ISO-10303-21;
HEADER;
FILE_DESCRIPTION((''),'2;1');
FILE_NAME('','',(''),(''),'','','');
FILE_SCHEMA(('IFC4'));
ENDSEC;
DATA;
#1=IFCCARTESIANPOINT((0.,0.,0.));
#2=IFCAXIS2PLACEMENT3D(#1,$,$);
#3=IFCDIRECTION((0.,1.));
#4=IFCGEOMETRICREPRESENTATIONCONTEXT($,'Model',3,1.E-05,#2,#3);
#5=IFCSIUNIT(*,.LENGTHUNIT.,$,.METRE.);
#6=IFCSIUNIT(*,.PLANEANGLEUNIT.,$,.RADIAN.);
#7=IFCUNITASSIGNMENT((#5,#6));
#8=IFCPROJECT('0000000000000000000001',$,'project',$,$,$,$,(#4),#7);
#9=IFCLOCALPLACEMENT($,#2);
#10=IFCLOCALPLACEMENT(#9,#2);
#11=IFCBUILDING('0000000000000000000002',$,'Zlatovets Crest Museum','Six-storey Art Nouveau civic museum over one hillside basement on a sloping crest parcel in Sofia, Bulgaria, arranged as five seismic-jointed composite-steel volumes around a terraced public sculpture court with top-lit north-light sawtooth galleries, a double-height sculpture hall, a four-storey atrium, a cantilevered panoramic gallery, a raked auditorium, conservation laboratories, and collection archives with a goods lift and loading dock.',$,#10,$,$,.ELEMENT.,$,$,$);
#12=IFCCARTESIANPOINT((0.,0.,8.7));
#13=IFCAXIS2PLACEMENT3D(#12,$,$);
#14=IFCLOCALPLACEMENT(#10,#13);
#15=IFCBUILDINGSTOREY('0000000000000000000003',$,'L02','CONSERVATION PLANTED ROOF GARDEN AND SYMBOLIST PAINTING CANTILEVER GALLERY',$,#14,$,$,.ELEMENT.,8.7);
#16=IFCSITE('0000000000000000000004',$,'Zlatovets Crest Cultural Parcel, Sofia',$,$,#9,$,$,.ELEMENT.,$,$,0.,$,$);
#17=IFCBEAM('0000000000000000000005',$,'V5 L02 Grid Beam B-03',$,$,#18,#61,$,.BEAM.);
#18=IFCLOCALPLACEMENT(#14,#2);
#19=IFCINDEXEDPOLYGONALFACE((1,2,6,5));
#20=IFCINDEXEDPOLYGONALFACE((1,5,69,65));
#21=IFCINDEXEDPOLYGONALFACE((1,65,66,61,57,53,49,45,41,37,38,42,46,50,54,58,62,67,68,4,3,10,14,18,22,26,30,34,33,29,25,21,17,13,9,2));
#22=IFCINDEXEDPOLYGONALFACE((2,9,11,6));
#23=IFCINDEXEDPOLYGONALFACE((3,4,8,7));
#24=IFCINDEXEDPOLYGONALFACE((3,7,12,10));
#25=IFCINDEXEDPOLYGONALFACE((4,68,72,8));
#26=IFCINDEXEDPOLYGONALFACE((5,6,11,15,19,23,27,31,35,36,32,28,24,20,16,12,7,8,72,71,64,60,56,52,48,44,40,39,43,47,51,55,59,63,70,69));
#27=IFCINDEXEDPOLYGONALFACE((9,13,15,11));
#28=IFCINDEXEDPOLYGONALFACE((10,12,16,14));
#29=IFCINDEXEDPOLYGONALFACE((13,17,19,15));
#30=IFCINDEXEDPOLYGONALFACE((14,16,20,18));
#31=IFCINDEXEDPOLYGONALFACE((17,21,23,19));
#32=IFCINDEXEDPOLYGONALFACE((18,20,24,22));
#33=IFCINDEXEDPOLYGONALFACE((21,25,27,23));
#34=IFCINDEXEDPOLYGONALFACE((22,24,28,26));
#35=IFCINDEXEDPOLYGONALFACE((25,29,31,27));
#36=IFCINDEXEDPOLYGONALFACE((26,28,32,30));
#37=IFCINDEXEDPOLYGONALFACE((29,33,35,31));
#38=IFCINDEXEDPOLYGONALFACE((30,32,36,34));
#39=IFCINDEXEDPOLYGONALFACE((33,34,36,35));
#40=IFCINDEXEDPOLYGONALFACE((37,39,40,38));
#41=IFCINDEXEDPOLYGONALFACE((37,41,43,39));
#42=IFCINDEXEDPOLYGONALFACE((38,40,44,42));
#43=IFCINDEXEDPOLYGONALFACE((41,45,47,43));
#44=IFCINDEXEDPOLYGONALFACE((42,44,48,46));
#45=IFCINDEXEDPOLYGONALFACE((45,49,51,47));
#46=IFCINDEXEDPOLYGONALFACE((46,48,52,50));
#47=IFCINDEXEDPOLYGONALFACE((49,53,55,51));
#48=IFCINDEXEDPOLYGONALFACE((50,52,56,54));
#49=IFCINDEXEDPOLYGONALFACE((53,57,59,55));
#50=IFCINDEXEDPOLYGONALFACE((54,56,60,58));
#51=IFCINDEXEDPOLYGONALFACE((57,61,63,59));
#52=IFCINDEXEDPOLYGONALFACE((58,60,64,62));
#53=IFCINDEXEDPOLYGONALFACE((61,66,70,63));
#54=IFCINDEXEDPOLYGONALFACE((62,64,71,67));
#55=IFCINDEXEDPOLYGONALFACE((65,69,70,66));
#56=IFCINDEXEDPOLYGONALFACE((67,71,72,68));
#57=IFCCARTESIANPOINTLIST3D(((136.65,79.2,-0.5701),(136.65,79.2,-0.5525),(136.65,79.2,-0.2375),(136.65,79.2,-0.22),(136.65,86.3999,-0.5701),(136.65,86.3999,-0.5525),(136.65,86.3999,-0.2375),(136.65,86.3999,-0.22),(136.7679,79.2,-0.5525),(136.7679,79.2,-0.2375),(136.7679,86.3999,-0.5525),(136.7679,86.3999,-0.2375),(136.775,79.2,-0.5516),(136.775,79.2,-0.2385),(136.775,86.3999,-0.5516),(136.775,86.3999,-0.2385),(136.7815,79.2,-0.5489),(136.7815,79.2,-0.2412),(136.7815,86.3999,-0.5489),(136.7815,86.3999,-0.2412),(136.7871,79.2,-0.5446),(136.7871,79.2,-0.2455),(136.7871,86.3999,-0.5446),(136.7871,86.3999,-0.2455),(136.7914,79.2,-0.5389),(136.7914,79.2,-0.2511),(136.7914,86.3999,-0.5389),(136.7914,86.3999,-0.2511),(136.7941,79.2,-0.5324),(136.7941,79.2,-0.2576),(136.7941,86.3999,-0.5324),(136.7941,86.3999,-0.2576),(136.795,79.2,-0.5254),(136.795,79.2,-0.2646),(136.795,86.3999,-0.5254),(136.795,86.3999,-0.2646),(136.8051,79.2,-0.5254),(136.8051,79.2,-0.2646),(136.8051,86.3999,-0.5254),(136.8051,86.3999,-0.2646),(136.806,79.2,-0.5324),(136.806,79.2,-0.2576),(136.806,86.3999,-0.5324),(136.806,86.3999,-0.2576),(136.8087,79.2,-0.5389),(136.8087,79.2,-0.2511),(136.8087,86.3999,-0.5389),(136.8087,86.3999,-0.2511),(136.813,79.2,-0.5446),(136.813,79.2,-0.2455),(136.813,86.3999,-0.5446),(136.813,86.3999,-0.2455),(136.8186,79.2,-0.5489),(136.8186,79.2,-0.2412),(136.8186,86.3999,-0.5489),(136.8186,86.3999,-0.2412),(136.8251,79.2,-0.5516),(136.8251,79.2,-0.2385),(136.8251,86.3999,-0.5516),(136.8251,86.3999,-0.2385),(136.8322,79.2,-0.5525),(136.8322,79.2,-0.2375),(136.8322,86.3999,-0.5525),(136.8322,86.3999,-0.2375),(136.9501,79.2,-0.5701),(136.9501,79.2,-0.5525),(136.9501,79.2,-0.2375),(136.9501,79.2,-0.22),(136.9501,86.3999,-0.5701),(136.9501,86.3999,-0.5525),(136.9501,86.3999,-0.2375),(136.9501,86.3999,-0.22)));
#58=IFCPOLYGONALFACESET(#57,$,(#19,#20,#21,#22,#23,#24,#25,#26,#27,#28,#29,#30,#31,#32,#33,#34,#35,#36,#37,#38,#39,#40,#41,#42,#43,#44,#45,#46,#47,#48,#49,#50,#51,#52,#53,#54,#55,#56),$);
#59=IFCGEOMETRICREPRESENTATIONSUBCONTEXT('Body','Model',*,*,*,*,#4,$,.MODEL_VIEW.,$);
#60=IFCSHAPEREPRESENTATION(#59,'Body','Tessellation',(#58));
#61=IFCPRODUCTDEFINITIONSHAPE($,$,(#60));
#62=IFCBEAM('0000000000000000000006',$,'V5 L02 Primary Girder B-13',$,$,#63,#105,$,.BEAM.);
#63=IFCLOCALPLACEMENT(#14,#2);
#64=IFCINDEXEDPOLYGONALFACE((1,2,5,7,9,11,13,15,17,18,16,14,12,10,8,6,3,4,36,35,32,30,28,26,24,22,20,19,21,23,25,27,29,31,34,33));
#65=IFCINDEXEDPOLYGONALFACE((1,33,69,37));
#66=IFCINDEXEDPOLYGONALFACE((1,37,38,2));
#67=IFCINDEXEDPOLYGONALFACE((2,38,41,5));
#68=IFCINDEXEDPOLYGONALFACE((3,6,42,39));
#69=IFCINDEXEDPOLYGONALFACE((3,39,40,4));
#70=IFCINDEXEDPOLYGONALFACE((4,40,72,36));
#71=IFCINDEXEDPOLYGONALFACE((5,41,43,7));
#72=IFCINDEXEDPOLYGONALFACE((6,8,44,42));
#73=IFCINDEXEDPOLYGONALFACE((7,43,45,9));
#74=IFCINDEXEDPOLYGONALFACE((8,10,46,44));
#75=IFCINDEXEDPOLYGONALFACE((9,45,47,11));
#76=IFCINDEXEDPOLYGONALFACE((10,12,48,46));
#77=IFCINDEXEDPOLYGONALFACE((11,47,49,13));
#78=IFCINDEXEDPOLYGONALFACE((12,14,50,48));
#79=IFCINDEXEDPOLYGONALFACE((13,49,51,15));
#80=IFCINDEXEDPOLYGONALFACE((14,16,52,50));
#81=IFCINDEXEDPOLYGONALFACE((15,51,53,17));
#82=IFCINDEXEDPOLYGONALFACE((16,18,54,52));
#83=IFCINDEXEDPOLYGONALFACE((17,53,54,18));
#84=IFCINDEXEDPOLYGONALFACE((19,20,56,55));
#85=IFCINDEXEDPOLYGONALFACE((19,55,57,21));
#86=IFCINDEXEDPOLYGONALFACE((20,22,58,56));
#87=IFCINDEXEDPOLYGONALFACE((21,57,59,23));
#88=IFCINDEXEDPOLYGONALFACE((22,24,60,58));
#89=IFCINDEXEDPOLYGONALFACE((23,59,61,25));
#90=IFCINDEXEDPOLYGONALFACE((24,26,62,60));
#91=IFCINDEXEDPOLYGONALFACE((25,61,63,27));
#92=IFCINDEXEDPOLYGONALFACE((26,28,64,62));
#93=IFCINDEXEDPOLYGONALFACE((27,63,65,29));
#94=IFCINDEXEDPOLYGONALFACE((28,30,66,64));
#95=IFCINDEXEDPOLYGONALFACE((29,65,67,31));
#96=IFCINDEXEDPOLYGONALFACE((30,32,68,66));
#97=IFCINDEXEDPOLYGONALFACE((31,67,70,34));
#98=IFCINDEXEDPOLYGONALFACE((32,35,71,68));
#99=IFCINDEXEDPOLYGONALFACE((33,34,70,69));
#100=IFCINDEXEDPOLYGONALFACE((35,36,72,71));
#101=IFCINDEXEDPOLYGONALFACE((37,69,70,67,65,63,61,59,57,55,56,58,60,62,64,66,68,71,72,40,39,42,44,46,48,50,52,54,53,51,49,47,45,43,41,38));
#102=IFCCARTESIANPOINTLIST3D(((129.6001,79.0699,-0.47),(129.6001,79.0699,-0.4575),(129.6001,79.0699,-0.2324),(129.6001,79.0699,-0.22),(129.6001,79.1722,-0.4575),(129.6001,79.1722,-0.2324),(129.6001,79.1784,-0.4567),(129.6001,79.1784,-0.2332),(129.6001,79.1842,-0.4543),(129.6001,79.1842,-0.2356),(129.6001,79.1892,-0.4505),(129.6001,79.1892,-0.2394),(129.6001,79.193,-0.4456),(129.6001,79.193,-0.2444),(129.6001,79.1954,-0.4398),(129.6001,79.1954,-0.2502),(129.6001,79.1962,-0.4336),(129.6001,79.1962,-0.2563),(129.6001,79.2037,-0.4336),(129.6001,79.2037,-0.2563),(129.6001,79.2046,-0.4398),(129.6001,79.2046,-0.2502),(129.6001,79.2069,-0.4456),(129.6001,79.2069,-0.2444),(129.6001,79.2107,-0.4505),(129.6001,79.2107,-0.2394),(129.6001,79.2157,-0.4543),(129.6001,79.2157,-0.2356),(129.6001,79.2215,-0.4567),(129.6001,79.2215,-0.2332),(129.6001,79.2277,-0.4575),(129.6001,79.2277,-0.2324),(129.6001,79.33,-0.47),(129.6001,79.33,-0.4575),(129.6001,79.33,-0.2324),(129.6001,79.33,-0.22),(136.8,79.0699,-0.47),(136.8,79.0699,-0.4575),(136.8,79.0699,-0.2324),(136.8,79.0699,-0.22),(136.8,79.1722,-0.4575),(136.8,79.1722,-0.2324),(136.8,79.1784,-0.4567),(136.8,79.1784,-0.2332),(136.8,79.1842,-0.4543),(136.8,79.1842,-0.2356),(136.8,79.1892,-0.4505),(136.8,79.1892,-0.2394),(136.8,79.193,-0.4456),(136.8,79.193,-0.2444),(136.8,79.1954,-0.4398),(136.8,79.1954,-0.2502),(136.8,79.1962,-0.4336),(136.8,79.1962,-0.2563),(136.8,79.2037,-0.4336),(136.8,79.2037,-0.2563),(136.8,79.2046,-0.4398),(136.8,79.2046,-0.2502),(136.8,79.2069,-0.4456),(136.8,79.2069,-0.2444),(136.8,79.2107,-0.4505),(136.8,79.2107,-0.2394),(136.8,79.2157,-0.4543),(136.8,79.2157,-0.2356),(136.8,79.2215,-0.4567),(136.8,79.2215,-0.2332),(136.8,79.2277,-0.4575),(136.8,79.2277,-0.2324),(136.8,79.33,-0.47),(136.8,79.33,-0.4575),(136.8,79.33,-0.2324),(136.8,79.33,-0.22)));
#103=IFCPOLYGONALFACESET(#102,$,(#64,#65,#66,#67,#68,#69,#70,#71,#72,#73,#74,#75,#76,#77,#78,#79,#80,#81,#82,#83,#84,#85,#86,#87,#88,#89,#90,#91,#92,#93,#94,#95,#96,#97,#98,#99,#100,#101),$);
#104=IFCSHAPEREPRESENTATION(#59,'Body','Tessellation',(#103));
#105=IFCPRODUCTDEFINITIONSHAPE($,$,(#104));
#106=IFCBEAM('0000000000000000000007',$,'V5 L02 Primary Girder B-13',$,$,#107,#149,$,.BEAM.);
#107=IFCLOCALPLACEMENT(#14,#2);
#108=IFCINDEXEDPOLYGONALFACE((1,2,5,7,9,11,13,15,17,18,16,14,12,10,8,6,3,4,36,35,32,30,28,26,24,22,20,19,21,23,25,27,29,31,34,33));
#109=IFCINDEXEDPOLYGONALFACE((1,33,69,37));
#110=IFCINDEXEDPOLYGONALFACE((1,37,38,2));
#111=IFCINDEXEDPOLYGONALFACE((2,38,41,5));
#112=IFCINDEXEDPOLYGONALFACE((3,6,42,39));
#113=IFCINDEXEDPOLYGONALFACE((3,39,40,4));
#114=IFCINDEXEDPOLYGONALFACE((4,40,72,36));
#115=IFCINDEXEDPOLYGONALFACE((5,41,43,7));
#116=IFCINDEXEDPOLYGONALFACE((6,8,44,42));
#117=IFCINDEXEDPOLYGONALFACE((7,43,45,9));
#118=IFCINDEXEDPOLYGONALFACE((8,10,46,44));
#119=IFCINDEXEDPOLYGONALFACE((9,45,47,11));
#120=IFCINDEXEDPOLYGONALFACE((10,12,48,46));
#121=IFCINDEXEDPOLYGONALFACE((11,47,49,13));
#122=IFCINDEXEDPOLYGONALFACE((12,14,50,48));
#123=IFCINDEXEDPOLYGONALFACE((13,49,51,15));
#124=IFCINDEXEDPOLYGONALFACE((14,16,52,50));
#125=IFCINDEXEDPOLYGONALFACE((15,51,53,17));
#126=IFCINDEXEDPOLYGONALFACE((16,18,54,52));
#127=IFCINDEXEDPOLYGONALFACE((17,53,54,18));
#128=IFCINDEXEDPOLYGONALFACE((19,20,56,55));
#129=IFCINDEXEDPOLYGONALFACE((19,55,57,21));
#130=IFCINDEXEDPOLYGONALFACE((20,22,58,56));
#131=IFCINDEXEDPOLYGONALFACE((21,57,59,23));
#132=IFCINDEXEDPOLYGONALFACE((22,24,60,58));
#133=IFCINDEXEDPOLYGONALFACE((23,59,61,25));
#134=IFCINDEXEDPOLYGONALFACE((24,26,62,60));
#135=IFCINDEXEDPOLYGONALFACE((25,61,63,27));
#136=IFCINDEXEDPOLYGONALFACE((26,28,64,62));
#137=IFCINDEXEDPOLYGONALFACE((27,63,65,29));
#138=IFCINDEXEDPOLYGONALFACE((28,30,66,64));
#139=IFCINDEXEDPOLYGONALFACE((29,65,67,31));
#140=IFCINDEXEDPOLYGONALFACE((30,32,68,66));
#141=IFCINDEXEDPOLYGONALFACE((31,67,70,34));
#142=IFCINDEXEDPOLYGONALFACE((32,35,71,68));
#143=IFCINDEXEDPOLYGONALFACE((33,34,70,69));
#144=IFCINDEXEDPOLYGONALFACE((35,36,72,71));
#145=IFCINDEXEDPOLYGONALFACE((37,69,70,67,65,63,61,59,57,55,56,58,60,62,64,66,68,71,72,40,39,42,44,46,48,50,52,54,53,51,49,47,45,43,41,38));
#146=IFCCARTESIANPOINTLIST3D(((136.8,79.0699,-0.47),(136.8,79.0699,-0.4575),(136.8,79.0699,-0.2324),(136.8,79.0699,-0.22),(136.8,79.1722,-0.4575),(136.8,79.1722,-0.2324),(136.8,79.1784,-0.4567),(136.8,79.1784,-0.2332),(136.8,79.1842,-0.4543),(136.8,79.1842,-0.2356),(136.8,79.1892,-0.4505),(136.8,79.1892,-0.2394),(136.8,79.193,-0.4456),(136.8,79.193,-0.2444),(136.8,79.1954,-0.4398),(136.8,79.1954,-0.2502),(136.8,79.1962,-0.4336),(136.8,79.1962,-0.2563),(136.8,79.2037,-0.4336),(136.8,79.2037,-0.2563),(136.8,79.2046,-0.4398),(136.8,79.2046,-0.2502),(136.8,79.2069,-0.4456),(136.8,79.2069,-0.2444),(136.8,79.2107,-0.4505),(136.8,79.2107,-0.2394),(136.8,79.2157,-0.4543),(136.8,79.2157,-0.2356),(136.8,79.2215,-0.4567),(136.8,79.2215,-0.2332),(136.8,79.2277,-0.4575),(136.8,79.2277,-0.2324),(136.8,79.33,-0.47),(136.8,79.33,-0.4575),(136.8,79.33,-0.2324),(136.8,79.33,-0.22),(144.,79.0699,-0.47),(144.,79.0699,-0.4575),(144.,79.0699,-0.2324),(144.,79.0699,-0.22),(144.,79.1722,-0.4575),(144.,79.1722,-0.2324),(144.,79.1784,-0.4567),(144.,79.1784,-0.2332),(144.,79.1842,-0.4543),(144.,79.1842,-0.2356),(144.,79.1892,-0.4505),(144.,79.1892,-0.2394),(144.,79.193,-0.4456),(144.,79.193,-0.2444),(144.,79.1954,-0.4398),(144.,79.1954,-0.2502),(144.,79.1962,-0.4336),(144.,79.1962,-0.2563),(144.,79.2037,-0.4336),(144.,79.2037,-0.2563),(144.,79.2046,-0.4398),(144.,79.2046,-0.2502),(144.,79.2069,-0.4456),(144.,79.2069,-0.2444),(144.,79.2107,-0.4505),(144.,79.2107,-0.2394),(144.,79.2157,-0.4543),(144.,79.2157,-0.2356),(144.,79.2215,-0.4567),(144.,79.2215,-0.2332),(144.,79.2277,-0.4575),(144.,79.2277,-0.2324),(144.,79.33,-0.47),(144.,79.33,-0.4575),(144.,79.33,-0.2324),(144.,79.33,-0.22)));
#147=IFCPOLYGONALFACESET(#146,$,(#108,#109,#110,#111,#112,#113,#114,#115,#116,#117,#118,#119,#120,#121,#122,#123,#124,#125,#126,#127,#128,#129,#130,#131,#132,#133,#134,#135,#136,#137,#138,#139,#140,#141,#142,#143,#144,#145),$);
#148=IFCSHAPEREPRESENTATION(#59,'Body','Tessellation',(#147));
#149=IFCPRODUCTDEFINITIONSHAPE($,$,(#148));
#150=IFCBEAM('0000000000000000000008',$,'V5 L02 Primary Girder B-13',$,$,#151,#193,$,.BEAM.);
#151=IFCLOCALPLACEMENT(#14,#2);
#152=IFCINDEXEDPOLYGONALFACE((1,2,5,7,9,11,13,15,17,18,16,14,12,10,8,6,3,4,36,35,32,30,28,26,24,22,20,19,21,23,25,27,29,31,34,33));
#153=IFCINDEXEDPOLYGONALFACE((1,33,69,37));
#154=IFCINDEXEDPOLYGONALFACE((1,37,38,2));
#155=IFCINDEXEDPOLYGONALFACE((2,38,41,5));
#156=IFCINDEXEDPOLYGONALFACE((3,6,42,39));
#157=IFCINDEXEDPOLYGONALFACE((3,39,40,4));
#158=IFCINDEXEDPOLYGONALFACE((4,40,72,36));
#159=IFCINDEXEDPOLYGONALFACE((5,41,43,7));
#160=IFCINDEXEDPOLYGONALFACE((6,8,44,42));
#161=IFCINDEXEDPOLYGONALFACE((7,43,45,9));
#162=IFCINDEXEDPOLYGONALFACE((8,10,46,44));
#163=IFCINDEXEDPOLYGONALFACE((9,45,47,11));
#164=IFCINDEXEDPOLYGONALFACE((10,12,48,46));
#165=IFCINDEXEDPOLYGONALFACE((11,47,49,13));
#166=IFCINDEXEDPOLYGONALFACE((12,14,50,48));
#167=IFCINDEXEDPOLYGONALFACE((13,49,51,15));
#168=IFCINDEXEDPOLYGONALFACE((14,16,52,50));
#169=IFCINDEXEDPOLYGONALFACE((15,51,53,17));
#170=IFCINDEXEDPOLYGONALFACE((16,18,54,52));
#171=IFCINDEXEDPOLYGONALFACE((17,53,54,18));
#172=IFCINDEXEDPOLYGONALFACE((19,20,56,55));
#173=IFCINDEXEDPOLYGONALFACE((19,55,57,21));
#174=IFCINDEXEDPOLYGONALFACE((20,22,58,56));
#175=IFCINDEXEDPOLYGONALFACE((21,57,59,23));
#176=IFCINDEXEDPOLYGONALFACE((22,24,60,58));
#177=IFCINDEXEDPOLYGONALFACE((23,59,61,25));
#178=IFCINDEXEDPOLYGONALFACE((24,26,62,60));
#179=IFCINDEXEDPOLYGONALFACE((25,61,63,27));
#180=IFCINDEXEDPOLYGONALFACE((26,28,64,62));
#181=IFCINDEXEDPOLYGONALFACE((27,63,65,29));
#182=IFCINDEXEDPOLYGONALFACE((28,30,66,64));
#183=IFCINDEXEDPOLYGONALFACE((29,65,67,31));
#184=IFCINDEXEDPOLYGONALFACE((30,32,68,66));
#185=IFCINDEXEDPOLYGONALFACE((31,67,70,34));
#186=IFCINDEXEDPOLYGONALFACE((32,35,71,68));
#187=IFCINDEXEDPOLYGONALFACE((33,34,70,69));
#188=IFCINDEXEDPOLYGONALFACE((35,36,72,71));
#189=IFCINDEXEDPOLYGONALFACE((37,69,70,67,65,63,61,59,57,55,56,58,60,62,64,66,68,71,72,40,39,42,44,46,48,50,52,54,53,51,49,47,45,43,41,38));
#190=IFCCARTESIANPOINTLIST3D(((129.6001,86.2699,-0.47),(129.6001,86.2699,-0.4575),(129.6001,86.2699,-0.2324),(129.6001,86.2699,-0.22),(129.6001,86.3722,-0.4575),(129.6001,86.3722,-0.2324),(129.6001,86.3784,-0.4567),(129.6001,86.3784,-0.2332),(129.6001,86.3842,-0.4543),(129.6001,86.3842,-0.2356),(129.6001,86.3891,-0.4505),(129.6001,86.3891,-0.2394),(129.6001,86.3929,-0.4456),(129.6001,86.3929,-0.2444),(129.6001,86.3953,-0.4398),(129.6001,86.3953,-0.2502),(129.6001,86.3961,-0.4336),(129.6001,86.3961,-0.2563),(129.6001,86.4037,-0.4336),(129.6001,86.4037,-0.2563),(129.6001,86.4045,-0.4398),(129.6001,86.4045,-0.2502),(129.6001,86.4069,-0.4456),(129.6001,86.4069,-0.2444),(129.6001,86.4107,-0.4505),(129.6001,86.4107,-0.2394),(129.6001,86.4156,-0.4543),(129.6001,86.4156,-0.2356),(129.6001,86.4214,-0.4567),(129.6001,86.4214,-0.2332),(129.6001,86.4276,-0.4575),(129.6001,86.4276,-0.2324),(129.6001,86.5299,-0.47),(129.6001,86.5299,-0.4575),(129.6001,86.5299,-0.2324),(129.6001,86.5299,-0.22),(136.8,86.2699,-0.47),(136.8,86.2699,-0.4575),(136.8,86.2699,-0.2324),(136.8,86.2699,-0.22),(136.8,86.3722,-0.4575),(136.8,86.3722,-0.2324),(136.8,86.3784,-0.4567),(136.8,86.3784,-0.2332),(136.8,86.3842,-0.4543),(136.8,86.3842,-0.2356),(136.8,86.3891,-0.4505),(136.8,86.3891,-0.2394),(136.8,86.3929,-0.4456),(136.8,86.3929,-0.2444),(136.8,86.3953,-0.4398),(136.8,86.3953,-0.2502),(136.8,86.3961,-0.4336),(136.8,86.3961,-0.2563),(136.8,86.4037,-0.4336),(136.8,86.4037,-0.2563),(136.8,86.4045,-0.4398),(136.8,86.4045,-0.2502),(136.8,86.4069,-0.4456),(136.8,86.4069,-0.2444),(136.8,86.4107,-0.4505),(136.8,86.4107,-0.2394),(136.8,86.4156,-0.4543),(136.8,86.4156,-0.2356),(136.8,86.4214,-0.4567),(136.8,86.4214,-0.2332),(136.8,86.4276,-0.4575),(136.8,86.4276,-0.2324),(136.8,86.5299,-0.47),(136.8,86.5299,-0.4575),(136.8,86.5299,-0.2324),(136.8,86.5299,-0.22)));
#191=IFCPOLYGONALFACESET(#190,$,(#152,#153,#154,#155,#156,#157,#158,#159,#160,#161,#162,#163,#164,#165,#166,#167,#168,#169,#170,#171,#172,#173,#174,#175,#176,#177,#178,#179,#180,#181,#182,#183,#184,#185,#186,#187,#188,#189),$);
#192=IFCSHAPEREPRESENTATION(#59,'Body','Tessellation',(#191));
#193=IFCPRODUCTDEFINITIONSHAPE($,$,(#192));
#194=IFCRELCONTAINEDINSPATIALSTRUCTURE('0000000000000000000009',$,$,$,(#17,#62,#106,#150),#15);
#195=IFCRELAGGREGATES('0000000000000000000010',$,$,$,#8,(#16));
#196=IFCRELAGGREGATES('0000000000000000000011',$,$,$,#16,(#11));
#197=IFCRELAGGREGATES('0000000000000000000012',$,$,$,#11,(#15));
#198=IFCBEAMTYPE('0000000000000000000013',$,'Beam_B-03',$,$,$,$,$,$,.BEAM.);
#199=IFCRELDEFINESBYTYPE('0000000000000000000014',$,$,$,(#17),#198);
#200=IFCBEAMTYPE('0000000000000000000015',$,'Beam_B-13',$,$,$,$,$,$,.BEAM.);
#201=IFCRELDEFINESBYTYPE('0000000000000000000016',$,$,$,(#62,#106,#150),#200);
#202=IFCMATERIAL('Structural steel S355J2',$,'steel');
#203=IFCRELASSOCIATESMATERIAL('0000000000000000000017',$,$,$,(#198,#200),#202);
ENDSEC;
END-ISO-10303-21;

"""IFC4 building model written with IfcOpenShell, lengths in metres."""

from ifc_helpers import new_model, si_unit, direction, frame, origin, origin_2d, place, context, subcontext, project, spatial, i_section, extrude, material, material_profile, profile_set, type_object, element, save


model = new_model("IFC4")

# Units and contexts
model_context = context("Model", 3, precision=1e-05, world=origin(), true_north=direction((0.0, 1.0)))
body_context = subcontext(model_context, "Body", "Model", "MODEL_VIEW")
ifc_project = project(units=[si_unit("LENGTHUNIT", "METRE"), si_unit("PLANEANGLEUNIT", "RADIAN")], contexts=[model_context])

# Site, building, storey
site_placement = place(None, origin())
site = spatial("IfcSite", under=ifc_project, at=site_placement, Name="Zlatovets Crest Cultural Parcel, Sofia", CompositionType="ELEMENT", RefElevation=0.0)
building_placement = place(site_placement, origin())
building = spatial("IfcBuilding", under=site, at=building_placement, Name="Zlatovets Crest Museum", Description="Six-storey Art Nouveau civic museum over one hillside basement on a sloping crest parcel in Sofia, Bulgaria, arranged as five seismic-jointed composite-steel volumes around a terraced public sculpture court with top-lit north-light sawtooth galleries, a double-height sculpture hall, a four-storey atrium, a cantilevered panoramic gallery, a raked auditorium, conservation laboratories, and collection archives with a goods lift and loading dock.", CompositionType="ELEMENT")
storey_placement = place(building_placement, frame((0.0, 0.0, 8.7)))
storey = spatial("IfcBuildingStorey", under=building, at=storey_placement, Name="L02", Description="CONSERVATION PLANTED ROOF GARDEN AND SYMBOLIST PAINTING CANTILEVER GALLERY", CompositionType="ELEMENT", Elevation=8.7)

# Shared definitions
ifc_material_1 = material(Name="Structural steel S355J2", Category="steel")

# Beams
ifc_material_profile_1 = material_profile(ifc_material_1, i_section(OverallWidth=0.3, OverallDepth=0.3501, WebThickness=0.01, FlangeThickness=0.0176, FilletRadius=0.0271, at=origin_2d()), Name="HEA 360")
ifc_profile_set_1 = profile_set([ifc_material_profile_1], Name="Structural steel S355J2")
beam_type_1 = type_object("IfcBeamType", Name="Beam_B-03", PredefinedType="BEAM", material=ifc_profile_set_1)
beam_1_placement = place(storey_placement, frame((136.8, 79.2, -0.395), z_axis=(0.0, 1.0, 0.0), x_axis=(-1.0, 0.0, 0.0)))
element("IfcBeam", 1, at=beam_1_placement, inside=storey, type_object=beam_type_1, Name="V5 L02 Grid Beam B-03", PredefinedType="BEAM", context=body_context, shape_type="SweptSolid", body=[
    extrude(i_section(OverallWidth=0.3, OverallDepth=0.3501, WebThickness=0.01, FlangeThickness=0.0176, FilletRadius=0.0271, at=origin_2d()), origin(), (0.0, 0.0, 1.0), 7.2),
])
ifc_material_profile_2 = material_profile(ifc_material_1, i_section(OverallWidth=0.26, OverallDepth=0.25, WebThickness=0.0076, FlangeThickness=0.0125, FilletRadius=0.0239, at=origin_2d()), Name="HEA 260")
ifc_profile_set_2 = profile_set([ifc_material_profile_2], Name="Structural steel S355J2")
beam_type_2 = type_object("IfcBeamType", Name="Beam_B-13", PredefinedType="BEAM", material=ifc_profile_set_2)
for number, where, z_axis, x_axis, name in (
    (2, (129.6001, 79.2, -0.345), (1.0, 0.0, 0.0), (0.0, 1.0, 0.0), "V5 L02 Primary Girder B-13"),
    (3, (136.8, 79.2, -0.345), (1.0, 0.0, 0.0), (0.0, 1.0, 0.0), "V5 L02 Primary Girder B-13"),
    (4, (129.6001, 86.3999, -0.345), (1.0, 0.0, 0.0), (0.0, 1.0, 0.0), "V5 L02 Primary Girder B-13"),
):
    element("IfcBeam", number, at=place(storey_placement, frame(where, z_axis=z_axis, x_axis=x_axis)), inside=storey, type_object=beam_type_2, Name=name, PredefinedType="BEAM", context=body_context, shape_type="SweptSolid", body=[
        extrude(i_section(OverallWidth=0.26, OverallDepth=0.25, WebThickness=0.0076, FlangeThickness=0.0125, FilletRadius=0.0239, at=origin_2d()), origin(), (0.0, 0.0, 1.0), 7.2),
    ])

save(model, "model.ifc")
